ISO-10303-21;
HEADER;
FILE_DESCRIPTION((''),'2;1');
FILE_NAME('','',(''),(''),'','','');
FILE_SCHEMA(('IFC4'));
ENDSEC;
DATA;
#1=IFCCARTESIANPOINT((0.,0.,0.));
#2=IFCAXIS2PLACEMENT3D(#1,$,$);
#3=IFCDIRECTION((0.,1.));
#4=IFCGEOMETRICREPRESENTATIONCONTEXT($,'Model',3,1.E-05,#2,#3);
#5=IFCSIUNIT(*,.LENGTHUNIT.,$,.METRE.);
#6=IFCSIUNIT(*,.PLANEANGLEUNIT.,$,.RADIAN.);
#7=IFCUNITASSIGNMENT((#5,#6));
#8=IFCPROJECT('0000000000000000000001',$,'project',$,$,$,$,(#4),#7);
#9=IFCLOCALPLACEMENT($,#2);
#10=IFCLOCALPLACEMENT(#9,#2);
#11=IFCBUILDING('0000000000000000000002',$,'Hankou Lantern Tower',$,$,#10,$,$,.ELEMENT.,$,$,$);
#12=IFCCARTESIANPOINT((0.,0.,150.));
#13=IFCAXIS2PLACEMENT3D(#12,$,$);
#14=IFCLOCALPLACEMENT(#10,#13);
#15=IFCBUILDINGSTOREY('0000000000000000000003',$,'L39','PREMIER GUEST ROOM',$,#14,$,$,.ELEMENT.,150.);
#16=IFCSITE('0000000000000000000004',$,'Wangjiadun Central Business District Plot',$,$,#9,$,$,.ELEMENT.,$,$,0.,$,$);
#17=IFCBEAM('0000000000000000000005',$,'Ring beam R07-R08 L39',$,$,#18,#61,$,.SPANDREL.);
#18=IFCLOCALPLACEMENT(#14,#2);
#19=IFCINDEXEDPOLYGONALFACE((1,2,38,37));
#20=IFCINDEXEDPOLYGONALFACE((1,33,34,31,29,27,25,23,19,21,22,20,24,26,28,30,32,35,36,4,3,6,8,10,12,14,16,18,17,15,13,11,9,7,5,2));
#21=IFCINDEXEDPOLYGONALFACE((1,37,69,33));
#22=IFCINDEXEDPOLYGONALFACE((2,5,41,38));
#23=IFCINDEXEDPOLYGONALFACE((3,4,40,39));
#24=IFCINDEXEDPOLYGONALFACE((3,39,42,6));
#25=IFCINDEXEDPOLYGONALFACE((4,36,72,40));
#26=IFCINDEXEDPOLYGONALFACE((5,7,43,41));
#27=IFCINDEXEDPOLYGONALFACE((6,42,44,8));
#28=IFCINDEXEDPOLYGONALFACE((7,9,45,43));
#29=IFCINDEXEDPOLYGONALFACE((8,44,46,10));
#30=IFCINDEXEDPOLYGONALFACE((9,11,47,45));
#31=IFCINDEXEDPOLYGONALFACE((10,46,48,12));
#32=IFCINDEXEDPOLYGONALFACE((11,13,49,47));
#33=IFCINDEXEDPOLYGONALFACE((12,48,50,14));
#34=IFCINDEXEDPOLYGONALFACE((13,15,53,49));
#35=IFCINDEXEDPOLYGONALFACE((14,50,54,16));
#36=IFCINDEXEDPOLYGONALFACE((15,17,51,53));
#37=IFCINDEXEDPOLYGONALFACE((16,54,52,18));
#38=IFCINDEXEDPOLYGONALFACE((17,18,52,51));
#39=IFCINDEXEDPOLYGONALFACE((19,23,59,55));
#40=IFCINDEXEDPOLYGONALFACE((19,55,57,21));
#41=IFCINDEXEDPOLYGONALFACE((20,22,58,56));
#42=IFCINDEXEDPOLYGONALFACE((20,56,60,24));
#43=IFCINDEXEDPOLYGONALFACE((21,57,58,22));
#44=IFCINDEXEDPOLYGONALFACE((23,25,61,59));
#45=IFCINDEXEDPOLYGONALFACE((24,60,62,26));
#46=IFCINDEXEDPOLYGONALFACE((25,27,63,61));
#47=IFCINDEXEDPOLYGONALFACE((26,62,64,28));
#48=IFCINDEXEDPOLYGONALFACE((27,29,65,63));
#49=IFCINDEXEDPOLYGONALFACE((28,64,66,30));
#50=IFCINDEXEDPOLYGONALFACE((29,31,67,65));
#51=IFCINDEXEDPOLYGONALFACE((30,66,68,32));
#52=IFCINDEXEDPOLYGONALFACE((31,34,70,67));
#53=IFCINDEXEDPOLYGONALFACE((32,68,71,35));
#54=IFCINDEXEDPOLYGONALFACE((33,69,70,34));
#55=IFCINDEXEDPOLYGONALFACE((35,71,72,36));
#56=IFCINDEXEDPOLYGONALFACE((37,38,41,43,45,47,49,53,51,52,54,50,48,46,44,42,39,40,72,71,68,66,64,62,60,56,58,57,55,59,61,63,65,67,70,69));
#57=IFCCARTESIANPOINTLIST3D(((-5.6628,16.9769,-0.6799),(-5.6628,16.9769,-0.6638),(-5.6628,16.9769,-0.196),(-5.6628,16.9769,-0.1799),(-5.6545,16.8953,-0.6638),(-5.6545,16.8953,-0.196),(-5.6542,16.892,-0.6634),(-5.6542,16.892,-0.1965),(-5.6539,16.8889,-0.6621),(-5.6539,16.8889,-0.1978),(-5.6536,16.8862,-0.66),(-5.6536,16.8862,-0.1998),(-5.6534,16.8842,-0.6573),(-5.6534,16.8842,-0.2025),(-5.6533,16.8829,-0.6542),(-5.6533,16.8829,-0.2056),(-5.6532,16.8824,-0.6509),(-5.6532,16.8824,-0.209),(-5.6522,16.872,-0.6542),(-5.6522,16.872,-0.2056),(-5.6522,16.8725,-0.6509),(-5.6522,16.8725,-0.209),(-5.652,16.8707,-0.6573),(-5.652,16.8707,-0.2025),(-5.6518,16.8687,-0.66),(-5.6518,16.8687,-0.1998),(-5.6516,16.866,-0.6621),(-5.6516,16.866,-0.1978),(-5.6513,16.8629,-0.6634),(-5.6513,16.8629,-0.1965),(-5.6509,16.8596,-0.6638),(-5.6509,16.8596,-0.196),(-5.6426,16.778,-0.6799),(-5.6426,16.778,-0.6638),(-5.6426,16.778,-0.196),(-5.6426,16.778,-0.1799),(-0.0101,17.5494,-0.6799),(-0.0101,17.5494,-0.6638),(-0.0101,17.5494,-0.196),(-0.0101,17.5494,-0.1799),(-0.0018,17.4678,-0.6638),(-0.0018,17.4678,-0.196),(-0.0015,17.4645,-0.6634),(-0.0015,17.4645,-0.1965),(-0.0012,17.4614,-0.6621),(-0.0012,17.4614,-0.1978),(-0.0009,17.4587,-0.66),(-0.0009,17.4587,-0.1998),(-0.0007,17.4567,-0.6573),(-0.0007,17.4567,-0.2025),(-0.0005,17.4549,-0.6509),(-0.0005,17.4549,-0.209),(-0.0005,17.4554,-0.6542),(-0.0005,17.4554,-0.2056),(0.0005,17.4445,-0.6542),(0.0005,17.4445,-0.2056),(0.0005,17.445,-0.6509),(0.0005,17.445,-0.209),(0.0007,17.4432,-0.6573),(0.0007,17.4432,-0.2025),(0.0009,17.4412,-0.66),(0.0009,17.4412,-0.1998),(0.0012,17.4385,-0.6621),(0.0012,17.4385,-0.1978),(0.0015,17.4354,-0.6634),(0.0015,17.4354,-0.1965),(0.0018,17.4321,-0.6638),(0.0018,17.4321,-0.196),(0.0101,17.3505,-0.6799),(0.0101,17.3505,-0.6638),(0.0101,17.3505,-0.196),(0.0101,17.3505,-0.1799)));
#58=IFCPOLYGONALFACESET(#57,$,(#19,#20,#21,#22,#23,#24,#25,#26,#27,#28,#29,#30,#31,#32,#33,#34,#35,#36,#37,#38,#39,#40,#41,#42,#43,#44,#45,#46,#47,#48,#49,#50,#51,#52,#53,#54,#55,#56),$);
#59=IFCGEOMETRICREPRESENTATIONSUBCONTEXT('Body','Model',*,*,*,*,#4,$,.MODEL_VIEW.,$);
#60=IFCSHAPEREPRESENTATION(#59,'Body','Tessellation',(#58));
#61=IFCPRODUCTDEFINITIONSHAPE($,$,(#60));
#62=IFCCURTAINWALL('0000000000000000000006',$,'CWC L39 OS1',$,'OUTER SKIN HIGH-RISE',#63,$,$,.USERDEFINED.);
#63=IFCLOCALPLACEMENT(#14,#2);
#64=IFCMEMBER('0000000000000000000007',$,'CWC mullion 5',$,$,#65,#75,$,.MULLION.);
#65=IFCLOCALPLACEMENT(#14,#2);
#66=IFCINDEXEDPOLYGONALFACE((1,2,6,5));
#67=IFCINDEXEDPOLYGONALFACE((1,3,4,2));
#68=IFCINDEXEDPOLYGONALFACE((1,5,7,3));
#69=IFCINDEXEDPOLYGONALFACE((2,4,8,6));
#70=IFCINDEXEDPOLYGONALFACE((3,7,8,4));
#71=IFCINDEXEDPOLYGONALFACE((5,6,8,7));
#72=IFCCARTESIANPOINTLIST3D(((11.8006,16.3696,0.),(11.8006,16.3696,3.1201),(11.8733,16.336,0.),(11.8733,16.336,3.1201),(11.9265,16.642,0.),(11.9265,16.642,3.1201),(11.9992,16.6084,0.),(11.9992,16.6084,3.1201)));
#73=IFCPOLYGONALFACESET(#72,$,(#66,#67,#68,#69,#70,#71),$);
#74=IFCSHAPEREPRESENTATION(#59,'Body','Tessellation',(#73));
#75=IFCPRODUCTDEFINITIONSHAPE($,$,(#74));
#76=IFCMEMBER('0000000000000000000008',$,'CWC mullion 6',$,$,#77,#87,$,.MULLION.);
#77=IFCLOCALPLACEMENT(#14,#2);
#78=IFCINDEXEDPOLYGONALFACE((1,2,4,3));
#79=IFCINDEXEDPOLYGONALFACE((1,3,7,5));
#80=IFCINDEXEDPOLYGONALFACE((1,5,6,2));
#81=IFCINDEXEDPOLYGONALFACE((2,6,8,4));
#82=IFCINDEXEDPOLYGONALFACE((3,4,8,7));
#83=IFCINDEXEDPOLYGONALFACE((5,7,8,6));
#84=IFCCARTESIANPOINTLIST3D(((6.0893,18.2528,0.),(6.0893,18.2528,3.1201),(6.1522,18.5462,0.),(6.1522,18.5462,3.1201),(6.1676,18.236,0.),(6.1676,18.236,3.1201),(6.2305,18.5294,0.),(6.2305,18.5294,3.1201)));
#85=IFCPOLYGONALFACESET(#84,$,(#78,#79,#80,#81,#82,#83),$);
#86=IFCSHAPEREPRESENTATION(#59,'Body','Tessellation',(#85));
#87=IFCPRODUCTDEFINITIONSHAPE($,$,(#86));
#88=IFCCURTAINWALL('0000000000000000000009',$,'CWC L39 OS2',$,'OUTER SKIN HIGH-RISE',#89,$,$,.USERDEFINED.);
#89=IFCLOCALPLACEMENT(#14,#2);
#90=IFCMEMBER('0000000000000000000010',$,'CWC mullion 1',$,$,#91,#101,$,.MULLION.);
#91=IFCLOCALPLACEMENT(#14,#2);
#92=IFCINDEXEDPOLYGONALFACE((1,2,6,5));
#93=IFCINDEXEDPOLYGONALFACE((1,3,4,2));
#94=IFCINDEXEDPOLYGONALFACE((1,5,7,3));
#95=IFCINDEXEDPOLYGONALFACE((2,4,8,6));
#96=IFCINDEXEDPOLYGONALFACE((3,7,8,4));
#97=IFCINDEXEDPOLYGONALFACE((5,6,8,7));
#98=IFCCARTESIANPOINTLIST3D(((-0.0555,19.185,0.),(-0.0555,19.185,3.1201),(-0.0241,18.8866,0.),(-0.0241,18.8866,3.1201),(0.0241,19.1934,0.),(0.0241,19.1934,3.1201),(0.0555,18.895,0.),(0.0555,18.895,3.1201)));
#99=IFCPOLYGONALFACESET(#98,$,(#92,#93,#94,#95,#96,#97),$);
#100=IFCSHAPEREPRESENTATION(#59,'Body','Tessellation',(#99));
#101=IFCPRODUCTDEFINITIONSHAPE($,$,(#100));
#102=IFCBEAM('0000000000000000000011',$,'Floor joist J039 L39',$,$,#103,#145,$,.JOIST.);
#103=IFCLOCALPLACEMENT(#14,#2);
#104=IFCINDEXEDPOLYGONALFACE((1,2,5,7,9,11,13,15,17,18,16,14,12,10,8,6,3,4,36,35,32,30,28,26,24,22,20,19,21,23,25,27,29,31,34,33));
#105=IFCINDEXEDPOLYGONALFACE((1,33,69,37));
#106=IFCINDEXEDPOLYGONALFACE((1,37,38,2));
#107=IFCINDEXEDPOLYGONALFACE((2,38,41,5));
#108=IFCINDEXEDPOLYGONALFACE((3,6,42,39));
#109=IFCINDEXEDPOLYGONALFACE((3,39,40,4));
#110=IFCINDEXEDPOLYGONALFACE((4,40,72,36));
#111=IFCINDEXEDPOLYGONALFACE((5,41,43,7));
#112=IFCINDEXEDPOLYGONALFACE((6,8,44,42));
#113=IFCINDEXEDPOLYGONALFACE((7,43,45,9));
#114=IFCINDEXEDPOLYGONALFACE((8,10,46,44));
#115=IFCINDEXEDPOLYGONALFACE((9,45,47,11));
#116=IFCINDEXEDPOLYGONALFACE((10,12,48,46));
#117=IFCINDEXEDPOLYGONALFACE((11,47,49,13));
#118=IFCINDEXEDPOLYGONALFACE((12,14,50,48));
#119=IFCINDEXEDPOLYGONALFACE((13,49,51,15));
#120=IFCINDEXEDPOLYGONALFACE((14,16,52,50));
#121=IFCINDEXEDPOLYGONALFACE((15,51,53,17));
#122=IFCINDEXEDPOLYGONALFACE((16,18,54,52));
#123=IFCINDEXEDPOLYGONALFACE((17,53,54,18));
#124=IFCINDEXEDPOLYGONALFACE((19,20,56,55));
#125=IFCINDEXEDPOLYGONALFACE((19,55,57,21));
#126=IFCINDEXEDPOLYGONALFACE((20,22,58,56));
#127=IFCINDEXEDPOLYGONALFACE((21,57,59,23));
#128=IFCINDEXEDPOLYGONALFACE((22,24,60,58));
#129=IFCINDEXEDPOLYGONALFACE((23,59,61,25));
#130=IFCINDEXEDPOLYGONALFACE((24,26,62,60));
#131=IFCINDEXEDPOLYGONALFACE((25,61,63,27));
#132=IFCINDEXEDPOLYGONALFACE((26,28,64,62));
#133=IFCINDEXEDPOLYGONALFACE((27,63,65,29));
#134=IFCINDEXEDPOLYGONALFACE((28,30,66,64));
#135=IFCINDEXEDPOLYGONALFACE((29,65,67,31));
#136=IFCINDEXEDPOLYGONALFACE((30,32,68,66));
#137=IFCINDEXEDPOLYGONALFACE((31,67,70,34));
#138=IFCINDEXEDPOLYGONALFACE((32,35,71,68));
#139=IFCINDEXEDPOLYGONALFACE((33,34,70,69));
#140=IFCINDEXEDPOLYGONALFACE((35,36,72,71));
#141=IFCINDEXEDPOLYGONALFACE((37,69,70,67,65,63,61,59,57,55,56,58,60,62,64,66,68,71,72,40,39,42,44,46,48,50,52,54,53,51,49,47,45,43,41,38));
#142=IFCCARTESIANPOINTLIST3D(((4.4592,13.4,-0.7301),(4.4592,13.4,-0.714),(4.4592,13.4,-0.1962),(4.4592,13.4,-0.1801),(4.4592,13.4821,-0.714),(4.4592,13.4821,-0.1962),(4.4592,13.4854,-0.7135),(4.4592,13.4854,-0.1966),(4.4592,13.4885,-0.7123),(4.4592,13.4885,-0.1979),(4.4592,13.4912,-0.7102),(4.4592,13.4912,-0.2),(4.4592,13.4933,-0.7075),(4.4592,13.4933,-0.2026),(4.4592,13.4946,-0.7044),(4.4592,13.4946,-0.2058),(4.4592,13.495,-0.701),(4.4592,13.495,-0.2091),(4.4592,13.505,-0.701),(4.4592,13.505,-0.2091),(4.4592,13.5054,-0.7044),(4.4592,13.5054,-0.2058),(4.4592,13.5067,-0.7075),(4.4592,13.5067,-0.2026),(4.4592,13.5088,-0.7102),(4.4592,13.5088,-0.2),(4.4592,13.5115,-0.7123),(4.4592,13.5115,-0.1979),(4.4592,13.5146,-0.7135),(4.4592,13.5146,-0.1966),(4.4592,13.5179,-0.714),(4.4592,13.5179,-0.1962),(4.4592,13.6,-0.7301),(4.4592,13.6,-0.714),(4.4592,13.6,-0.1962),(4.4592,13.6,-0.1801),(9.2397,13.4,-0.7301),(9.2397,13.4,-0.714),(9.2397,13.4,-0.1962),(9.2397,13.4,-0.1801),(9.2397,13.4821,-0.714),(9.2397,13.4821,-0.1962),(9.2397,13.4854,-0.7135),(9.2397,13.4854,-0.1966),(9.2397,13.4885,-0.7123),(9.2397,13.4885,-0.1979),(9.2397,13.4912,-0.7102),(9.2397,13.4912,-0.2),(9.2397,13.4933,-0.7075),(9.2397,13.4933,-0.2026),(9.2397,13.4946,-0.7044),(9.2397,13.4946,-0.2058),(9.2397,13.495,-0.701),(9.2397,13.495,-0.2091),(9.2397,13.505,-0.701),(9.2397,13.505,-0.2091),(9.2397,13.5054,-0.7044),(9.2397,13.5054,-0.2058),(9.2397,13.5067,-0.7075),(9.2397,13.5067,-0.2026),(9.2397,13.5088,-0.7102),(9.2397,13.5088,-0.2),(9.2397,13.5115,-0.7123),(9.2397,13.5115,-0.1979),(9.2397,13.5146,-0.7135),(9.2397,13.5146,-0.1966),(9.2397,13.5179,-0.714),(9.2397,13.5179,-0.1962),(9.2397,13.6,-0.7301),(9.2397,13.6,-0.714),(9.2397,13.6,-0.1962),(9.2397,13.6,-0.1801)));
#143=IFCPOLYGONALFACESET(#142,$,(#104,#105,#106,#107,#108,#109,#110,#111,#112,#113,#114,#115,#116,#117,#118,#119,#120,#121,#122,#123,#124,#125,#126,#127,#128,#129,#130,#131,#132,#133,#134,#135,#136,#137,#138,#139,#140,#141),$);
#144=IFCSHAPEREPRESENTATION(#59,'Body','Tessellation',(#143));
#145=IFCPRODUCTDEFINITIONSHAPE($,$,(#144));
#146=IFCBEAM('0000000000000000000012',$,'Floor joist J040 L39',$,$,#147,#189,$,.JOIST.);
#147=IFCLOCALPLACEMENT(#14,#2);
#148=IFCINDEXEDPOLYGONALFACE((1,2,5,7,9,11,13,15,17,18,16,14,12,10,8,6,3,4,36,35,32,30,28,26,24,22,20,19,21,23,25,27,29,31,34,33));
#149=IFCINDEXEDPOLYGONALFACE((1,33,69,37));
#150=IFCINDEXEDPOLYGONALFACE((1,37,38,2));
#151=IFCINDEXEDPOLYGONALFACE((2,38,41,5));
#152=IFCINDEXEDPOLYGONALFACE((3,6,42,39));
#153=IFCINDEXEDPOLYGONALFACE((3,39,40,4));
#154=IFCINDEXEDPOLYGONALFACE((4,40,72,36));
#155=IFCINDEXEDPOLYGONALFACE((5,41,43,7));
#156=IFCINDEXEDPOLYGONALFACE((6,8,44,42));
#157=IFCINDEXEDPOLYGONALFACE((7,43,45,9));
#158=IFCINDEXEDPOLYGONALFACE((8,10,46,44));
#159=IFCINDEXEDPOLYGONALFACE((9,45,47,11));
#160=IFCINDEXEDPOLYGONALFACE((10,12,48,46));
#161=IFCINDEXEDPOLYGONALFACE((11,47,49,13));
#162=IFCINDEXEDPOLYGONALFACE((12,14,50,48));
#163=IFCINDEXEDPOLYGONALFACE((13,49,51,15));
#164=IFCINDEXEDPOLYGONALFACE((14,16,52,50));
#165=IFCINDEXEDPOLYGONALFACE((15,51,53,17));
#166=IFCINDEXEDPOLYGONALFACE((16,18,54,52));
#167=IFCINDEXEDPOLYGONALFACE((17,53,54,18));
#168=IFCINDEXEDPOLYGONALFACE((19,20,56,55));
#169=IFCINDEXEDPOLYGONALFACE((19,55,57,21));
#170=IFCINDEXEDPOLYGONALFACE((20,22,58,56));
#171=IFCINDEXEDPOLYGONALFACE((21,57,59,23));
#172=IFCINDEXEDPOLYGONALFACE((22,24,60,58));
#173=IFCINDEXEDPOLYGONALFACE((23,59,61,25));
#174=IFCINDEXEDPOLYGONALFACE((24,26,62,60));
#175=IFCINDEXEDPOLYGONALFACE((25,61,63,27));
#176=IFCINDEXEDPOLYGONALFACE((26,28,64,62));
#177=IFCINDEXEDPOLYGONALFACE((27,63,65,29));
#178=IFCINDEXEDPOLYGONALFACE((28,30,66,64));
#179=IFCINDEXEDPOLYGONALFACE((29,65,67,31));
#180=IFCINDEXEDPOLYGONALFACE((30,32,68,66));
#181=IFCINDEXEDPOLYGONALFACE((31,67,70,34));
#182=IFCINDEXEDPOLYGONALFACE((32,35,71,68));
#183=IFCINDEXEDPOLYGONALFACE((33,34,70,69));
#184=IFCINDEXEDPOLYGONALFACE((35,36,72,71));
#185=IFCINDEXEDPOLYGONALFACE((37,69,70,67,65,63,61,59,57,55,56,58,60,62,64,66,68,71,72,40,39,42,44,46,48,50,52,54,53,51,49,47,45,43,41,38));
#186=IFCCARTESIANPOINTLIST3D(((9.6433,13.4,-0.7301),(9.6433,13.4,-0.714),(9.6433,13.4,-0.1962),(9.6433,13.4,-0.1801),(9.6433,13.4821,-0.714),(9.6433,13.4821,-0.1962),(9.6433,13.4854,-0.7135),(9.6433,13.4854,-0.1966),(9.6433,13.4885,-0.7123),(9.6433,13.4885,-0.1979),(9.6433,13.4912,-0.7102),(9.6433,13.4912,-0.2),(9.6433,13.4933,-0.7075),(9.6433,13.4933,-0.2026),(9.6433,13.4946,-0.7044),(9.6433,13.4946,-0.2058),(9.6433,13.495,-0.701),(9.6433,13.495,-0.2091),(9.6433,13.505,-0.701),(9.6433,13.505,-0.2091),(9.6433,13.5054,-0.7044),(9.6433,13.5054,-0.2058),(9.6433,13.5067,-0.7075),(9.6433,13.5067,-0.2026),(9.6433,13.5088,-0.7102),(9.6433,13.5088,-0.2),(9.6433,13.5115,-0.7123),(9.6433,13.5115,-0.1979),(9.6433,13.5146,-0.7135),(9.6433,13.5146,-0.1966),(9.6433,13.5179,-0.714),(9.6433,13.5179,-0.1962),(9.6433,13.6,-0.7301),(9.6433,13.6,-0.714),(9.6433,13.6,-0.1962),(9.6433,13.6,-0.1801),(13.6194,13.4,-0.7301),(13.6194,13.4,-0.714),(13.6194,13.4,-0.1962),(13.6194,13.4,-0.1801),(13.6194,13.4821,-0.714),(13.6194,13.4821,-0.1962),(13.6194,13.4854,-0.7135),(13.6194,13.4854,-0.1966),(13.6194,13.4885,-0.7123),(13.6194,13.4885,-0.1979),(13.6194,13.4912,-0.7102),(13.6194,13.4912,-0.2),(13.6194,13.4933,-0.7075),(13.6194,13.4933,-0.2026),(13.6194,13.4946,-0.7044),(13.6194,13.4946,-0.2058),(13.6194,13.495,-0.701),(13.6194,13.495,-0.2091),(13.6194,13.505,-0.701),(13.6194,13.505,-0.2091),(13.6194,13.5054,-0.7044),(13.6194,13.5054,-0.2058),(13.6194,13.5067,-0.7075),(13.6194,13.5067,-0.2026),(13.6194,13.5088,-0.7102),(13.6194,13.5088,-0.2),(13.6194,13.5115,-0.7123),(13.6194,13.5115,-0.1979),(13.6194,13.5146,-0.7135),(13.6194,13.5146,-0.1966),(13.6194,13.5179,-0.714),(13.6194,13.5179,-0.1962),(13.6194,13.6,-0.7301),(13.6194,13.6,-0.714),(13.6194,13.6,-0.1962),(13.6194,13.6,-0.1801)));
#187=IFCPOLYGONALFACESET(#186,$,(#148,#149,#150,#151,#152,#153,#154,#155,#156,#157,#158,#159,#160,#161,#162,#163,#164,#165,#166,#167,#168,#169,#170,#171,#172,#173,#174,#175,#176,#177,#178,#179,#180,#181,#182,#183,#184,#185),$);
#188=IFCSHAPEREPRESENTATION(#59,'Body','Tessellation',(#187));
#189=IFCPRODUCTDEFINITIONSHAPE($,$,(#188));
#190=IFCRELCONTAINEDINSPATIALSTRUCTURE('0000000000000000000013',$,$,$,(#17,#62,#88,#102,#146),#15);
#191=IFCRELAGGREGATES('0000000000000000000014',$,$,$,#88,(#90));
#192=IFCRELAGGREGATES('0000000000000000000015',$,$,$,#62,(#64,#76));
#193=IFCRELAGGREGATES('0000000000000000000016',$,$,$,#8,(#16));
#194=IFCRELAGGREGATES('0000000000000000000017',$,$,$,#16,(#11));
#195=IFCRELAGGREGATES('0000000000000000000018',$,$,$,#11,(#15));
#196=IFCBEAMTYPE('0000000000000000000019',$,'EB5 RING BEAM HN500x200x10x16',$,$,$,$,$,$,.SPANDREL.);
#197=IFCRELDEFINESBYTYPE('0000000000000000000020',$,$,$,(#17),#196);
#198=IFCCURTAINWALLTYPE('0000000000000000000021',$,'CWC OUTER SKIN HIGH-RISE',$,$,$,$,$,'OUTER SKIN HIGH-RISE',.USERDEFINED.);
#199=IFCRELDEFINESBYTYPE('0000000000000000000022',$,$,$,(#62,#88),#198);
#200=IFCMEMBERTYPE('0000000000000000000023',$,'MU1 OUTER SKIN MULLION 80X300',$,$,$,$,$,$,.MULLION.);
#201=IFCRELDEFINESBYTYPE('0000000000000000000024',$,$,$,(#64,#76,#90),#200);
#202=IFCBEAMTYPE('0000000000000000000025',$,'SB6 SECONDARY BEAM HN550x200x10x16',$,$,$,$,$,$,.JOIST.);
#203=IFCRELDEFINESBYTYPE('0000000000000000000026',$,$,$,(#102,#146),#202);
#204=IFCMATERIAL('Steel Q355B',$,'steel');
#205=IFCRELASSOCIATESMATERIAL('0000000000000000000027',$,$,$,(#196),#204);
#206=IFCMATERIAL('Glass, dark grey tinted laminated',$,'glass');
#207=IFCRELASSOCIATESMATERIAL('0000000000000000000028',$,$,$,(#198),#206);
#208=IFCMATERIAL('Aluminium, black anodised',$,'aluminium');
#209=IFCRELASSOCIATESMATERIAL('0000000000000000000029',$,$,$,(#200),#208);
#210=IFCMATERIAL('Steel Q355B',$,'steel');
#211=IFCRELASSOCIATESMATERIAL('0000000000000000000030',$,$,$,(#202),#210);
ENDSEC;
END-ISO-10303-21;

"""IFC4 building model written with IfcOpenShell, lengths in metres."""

from ifc_helpers import new_model, si_unit, direction, frame, origin, origin_2d, place, context, subcontext, project, spatial, rectangle, i_section, extrude, material, material_profile, profile_set, type_object, element, aggregate, save


model = new_model("IFC4")

# Units and contexts
model_context = context("Model", 3, precision=1e-05, world=origin(), true_north=direction((0.0, 1.0)))
body_context = subcontext(model_context, "Body", "Model", "MODEL_VIEW")
ifc_project = project(units=[si_unit("LENGTHUNIT", "METRE"), si_unit("PLANEANGLEUNIT", "RADIAN")], contexts=[model_context])

# Site, building, storey
site_placement = place(None, origin())
site = spatial("IfcSite", under=ifc_project, at=site_placement, Name="Wangjiadun Central Business District Plot", CompositionType="ELEMENT", RefElevation=0.0)
building_placement = place(site_placement, origin())
building = spatial("IfcBuilding", under=site, at=building_placement, Name="Hankou Lantern Tower", CompositionType="ELEMENT")
storey_placement = place(building_placement, frame((0.0, 0.0, 150.0)))
storey = spatial("IfcBuildingStorey", under=building, at=storey_placement, Name="L39", Description="PREMIER GUEST ROOM", CompositionType="ELEMENT", Elevation=150.0)

# Beam
ifc_material_1 = material(Name="Steel Q355B", Category="steel")
ifc_material_profile_1 = material_profile(ifc_material_1, i_section(OverallWidth=0.2, OverallDepth=0.5, WebThickness=0.01, FlangeThickness=0.0161, FilletRadius=0.0129, at=origin_2d()), Name="HN500x200x10x16")
ifc_profile_set_1 = profile_set([ifc_material_profile_1], Name="Steel Q355B")
beam_type_1 = type_object("IfcBeamType", Name="EB5 RING BEAM HN500x200x10x16", PredefinedType="SPANDREL", material=ifc_profile_set_1)
for number, where, z_axis, x_axis, name in (
    (1, (0.0, 17.45, -0.4299), (-0.99491, -0.100763, 0.0), (0.100763, -0.99491, 0.0), "Ring beam R07-R08 L39"),
):
    element("IfcBeam", number, at=place(storey_placement, frame(where, z_axis=z_axis, x_axis=x_axis)), inside=storey, type_object=beam_type_1, Name=name, PredefinedType="SPANDREL", context=body_context, shape_type="SweptSolid", body=[
        extrude(i_section(OverallWidth=0.2, OverallDepth=0.5, WebThickness=0.01, FlangeThickness=0.0161, FilletRadius=0.0129, at=origin_2d()), origin(), (0.0, 0.0, 1.0), 5.6816),
    ])

# Curtain wall, members
ifc_material_2 = material(Name="Glass, dark grey tinted laminated", Category="glass")
curtain_wall_type = type_object("IfcCurtainWallType", Name="CWC OUTER SKIN HIGH-RISE", ElementType="OUTER SKIN HIGH-RISE", PredefinedType="USERDEFINED", material=ifc_material_2)
curtain_wall_1_placement = place(storey_placement, origin())
curtain_wall_1 = element("IfcCurtainWall", 2, at=curtain_wall_1_placement, inside=storey, type_object=curtain_wall_type, Name="CWC L39 OS1", ObjectType="OUTER SKIN HIGH-RISE", PredefinedType="USERDEFINED")
ifc_material_3 = material(Name="Aluminium, black anodised", Category="aluminium")
ifc_material_profile_2 = material_profile(ifc_material_3, rectangle(XDim=0.0801, YDim=0.3, at=origin_2d()), Name="MU1 80X300")
ifc_profile_set_2 = profile_set([ifc_material_profile_2], Name="Aluminium, black anodised")
member_type_1 = type_object("IfcMemberType", Name="MU1 OUTER SKIN MULLION 80X300", PredefinedType="MULLION", material=ifc_profile_set_2)
member_1_placement = place(storey_placement, frame((11.8999, 16.489, 0.0), z_axis=(0.0, 0.0, 1.0), x_axis=(-0.907841, 0.419314, 0.0)))
member_1 = element("IfcMember", 3, at=member_1_placement, type_object=member_type_1, Name="CWC mullion 5", PredefinedType="MULLION", context=body_context, shape_type="SweptSolid", body=[
    extrude(rectangle(XDim=0.0801, YDim=0.3, at=origin_2d()), origin(), (0.0, 0.0, 1.0), 3.1201),
])
member_2_placement = place(storey_placement, frame((6.1599, 18.3911, 0.0), z_axis=(0.0, 0.0, 1.0), x_axis=(-0.977788, 0.209598, 0.0)))
member_2 = element("IfcMember", 4, at=member_2_placement, type_object=member_type_1, Name="CWC mullion 6", PredefinedType="MULLION", context=body_context, shape_type="SweptSolid", body=[
    extrude(rectangle(XDim=0.0801, YDim=0.3, at=origin_2d()), origin(), (0.0, 0.0, 1.0), 3.1201),
])

# Curtain wall, member
curtain_wall_2_placement = place(storey_placement, origin())
curtain_wall_2 = element("IfcCurtainWall", 5, at=curtain_wall_2_placement, inside=storey, type_object=curtain_wall_type, Name="CWC L39 OS2", ObjectType="OUTER SKIN HIGH-RISE", PredefinedType="USERDEFINED")
member_3_placement = place(storey_placement, frame((0.0, 19.04, 0.0), z_axis=(0.0, 0.0, 1.0), x_axis=(-0.994499, -0.104743, 0.0)))
member_3 = element("IfcMember", 6, at=member_3_placement, type_object=member_type_1, Name="CWC mullion 1", PredefinedType="MULLION", context=body_context, shape_type="SweptSolid", body=[
    extrude(rectangle(XDim=0.0801, YDim=0.3, at=origin_2d()), origin(), (0.0, 0.0, 1.0), 3.1201),
])
aggregate(curtain_wall_2, [member_3])

# Beams
ifc_material_4 = material(Name="Steel Q355B", Category="steel")
ifc_material_profile_3 = material_profile(ifc_material_4, i_section(OverallWidth=0.2, OverallDepth=0.55, WebThickness=0.01, FlangeThickness=0.0161, FilletRadius=0.0129, at=origin_2d()), Name="HN550x200x10x16")
ifc_profile_set_3 = profile_set([ifc_material_profile_3], Name="Steel Q355B")
beam_type_2 = type_object("IfcBeamType", Name="SB6 SECONDARY BEAM HN550x200x10x16", PredefinedType="JOIST", material=ifc_profile_set_3)
beam_1_placement = place(storey_placement, frame((4.4592, 13.5, -0.4551), z_axis=(1.0, 0.0, 0.0), x_axis=(0.0, 1.0, 0.0)))
element("IfcBeam", 7, at=beam_1_placement, inside=storey, type_object=beam_type_2, Name="Floor joist J039 L39", PredefinedType="JOIST", context=body_context, shape_type="SweptSolid", body=[
    extrude(i_section(OverallWidth=0.2, OverallDepth=0.55, WebThickness=0.01, FlangeThickness=0.0161, FilletRadius=0.0129, at=origin_2d()), origin(), (0.0, 0.0, 1.0), 4.7805),
])
beam_2_placement = place(storey_placement, frame((9.6433, 13.5, -0.4551), z_axis=(1.0, 0.0, 0.0), x_axis=(0.0, 1.0, 0.0)))
element("IfcBeam", 8, at=beam_2_placement, inside=storey, type_object=beam_type_2, Name="Floor joist J040 L39", PredefinedType="JOIST", context=body_context, shape_type="SweptSolid", body=[
    extrude(i_section(OverallWidth=0.2, OverallDepth=0.55, WebThickness=0.01, FlangeThickness=0.0161, FilletRadius=0.0129, at=origin_2d()), origin(), (0.0, 0.0, 1.0), 3.9761),
])

aggregate(curtain_wall_1, [member_1, member_2])

save(model, "model.ifc")
